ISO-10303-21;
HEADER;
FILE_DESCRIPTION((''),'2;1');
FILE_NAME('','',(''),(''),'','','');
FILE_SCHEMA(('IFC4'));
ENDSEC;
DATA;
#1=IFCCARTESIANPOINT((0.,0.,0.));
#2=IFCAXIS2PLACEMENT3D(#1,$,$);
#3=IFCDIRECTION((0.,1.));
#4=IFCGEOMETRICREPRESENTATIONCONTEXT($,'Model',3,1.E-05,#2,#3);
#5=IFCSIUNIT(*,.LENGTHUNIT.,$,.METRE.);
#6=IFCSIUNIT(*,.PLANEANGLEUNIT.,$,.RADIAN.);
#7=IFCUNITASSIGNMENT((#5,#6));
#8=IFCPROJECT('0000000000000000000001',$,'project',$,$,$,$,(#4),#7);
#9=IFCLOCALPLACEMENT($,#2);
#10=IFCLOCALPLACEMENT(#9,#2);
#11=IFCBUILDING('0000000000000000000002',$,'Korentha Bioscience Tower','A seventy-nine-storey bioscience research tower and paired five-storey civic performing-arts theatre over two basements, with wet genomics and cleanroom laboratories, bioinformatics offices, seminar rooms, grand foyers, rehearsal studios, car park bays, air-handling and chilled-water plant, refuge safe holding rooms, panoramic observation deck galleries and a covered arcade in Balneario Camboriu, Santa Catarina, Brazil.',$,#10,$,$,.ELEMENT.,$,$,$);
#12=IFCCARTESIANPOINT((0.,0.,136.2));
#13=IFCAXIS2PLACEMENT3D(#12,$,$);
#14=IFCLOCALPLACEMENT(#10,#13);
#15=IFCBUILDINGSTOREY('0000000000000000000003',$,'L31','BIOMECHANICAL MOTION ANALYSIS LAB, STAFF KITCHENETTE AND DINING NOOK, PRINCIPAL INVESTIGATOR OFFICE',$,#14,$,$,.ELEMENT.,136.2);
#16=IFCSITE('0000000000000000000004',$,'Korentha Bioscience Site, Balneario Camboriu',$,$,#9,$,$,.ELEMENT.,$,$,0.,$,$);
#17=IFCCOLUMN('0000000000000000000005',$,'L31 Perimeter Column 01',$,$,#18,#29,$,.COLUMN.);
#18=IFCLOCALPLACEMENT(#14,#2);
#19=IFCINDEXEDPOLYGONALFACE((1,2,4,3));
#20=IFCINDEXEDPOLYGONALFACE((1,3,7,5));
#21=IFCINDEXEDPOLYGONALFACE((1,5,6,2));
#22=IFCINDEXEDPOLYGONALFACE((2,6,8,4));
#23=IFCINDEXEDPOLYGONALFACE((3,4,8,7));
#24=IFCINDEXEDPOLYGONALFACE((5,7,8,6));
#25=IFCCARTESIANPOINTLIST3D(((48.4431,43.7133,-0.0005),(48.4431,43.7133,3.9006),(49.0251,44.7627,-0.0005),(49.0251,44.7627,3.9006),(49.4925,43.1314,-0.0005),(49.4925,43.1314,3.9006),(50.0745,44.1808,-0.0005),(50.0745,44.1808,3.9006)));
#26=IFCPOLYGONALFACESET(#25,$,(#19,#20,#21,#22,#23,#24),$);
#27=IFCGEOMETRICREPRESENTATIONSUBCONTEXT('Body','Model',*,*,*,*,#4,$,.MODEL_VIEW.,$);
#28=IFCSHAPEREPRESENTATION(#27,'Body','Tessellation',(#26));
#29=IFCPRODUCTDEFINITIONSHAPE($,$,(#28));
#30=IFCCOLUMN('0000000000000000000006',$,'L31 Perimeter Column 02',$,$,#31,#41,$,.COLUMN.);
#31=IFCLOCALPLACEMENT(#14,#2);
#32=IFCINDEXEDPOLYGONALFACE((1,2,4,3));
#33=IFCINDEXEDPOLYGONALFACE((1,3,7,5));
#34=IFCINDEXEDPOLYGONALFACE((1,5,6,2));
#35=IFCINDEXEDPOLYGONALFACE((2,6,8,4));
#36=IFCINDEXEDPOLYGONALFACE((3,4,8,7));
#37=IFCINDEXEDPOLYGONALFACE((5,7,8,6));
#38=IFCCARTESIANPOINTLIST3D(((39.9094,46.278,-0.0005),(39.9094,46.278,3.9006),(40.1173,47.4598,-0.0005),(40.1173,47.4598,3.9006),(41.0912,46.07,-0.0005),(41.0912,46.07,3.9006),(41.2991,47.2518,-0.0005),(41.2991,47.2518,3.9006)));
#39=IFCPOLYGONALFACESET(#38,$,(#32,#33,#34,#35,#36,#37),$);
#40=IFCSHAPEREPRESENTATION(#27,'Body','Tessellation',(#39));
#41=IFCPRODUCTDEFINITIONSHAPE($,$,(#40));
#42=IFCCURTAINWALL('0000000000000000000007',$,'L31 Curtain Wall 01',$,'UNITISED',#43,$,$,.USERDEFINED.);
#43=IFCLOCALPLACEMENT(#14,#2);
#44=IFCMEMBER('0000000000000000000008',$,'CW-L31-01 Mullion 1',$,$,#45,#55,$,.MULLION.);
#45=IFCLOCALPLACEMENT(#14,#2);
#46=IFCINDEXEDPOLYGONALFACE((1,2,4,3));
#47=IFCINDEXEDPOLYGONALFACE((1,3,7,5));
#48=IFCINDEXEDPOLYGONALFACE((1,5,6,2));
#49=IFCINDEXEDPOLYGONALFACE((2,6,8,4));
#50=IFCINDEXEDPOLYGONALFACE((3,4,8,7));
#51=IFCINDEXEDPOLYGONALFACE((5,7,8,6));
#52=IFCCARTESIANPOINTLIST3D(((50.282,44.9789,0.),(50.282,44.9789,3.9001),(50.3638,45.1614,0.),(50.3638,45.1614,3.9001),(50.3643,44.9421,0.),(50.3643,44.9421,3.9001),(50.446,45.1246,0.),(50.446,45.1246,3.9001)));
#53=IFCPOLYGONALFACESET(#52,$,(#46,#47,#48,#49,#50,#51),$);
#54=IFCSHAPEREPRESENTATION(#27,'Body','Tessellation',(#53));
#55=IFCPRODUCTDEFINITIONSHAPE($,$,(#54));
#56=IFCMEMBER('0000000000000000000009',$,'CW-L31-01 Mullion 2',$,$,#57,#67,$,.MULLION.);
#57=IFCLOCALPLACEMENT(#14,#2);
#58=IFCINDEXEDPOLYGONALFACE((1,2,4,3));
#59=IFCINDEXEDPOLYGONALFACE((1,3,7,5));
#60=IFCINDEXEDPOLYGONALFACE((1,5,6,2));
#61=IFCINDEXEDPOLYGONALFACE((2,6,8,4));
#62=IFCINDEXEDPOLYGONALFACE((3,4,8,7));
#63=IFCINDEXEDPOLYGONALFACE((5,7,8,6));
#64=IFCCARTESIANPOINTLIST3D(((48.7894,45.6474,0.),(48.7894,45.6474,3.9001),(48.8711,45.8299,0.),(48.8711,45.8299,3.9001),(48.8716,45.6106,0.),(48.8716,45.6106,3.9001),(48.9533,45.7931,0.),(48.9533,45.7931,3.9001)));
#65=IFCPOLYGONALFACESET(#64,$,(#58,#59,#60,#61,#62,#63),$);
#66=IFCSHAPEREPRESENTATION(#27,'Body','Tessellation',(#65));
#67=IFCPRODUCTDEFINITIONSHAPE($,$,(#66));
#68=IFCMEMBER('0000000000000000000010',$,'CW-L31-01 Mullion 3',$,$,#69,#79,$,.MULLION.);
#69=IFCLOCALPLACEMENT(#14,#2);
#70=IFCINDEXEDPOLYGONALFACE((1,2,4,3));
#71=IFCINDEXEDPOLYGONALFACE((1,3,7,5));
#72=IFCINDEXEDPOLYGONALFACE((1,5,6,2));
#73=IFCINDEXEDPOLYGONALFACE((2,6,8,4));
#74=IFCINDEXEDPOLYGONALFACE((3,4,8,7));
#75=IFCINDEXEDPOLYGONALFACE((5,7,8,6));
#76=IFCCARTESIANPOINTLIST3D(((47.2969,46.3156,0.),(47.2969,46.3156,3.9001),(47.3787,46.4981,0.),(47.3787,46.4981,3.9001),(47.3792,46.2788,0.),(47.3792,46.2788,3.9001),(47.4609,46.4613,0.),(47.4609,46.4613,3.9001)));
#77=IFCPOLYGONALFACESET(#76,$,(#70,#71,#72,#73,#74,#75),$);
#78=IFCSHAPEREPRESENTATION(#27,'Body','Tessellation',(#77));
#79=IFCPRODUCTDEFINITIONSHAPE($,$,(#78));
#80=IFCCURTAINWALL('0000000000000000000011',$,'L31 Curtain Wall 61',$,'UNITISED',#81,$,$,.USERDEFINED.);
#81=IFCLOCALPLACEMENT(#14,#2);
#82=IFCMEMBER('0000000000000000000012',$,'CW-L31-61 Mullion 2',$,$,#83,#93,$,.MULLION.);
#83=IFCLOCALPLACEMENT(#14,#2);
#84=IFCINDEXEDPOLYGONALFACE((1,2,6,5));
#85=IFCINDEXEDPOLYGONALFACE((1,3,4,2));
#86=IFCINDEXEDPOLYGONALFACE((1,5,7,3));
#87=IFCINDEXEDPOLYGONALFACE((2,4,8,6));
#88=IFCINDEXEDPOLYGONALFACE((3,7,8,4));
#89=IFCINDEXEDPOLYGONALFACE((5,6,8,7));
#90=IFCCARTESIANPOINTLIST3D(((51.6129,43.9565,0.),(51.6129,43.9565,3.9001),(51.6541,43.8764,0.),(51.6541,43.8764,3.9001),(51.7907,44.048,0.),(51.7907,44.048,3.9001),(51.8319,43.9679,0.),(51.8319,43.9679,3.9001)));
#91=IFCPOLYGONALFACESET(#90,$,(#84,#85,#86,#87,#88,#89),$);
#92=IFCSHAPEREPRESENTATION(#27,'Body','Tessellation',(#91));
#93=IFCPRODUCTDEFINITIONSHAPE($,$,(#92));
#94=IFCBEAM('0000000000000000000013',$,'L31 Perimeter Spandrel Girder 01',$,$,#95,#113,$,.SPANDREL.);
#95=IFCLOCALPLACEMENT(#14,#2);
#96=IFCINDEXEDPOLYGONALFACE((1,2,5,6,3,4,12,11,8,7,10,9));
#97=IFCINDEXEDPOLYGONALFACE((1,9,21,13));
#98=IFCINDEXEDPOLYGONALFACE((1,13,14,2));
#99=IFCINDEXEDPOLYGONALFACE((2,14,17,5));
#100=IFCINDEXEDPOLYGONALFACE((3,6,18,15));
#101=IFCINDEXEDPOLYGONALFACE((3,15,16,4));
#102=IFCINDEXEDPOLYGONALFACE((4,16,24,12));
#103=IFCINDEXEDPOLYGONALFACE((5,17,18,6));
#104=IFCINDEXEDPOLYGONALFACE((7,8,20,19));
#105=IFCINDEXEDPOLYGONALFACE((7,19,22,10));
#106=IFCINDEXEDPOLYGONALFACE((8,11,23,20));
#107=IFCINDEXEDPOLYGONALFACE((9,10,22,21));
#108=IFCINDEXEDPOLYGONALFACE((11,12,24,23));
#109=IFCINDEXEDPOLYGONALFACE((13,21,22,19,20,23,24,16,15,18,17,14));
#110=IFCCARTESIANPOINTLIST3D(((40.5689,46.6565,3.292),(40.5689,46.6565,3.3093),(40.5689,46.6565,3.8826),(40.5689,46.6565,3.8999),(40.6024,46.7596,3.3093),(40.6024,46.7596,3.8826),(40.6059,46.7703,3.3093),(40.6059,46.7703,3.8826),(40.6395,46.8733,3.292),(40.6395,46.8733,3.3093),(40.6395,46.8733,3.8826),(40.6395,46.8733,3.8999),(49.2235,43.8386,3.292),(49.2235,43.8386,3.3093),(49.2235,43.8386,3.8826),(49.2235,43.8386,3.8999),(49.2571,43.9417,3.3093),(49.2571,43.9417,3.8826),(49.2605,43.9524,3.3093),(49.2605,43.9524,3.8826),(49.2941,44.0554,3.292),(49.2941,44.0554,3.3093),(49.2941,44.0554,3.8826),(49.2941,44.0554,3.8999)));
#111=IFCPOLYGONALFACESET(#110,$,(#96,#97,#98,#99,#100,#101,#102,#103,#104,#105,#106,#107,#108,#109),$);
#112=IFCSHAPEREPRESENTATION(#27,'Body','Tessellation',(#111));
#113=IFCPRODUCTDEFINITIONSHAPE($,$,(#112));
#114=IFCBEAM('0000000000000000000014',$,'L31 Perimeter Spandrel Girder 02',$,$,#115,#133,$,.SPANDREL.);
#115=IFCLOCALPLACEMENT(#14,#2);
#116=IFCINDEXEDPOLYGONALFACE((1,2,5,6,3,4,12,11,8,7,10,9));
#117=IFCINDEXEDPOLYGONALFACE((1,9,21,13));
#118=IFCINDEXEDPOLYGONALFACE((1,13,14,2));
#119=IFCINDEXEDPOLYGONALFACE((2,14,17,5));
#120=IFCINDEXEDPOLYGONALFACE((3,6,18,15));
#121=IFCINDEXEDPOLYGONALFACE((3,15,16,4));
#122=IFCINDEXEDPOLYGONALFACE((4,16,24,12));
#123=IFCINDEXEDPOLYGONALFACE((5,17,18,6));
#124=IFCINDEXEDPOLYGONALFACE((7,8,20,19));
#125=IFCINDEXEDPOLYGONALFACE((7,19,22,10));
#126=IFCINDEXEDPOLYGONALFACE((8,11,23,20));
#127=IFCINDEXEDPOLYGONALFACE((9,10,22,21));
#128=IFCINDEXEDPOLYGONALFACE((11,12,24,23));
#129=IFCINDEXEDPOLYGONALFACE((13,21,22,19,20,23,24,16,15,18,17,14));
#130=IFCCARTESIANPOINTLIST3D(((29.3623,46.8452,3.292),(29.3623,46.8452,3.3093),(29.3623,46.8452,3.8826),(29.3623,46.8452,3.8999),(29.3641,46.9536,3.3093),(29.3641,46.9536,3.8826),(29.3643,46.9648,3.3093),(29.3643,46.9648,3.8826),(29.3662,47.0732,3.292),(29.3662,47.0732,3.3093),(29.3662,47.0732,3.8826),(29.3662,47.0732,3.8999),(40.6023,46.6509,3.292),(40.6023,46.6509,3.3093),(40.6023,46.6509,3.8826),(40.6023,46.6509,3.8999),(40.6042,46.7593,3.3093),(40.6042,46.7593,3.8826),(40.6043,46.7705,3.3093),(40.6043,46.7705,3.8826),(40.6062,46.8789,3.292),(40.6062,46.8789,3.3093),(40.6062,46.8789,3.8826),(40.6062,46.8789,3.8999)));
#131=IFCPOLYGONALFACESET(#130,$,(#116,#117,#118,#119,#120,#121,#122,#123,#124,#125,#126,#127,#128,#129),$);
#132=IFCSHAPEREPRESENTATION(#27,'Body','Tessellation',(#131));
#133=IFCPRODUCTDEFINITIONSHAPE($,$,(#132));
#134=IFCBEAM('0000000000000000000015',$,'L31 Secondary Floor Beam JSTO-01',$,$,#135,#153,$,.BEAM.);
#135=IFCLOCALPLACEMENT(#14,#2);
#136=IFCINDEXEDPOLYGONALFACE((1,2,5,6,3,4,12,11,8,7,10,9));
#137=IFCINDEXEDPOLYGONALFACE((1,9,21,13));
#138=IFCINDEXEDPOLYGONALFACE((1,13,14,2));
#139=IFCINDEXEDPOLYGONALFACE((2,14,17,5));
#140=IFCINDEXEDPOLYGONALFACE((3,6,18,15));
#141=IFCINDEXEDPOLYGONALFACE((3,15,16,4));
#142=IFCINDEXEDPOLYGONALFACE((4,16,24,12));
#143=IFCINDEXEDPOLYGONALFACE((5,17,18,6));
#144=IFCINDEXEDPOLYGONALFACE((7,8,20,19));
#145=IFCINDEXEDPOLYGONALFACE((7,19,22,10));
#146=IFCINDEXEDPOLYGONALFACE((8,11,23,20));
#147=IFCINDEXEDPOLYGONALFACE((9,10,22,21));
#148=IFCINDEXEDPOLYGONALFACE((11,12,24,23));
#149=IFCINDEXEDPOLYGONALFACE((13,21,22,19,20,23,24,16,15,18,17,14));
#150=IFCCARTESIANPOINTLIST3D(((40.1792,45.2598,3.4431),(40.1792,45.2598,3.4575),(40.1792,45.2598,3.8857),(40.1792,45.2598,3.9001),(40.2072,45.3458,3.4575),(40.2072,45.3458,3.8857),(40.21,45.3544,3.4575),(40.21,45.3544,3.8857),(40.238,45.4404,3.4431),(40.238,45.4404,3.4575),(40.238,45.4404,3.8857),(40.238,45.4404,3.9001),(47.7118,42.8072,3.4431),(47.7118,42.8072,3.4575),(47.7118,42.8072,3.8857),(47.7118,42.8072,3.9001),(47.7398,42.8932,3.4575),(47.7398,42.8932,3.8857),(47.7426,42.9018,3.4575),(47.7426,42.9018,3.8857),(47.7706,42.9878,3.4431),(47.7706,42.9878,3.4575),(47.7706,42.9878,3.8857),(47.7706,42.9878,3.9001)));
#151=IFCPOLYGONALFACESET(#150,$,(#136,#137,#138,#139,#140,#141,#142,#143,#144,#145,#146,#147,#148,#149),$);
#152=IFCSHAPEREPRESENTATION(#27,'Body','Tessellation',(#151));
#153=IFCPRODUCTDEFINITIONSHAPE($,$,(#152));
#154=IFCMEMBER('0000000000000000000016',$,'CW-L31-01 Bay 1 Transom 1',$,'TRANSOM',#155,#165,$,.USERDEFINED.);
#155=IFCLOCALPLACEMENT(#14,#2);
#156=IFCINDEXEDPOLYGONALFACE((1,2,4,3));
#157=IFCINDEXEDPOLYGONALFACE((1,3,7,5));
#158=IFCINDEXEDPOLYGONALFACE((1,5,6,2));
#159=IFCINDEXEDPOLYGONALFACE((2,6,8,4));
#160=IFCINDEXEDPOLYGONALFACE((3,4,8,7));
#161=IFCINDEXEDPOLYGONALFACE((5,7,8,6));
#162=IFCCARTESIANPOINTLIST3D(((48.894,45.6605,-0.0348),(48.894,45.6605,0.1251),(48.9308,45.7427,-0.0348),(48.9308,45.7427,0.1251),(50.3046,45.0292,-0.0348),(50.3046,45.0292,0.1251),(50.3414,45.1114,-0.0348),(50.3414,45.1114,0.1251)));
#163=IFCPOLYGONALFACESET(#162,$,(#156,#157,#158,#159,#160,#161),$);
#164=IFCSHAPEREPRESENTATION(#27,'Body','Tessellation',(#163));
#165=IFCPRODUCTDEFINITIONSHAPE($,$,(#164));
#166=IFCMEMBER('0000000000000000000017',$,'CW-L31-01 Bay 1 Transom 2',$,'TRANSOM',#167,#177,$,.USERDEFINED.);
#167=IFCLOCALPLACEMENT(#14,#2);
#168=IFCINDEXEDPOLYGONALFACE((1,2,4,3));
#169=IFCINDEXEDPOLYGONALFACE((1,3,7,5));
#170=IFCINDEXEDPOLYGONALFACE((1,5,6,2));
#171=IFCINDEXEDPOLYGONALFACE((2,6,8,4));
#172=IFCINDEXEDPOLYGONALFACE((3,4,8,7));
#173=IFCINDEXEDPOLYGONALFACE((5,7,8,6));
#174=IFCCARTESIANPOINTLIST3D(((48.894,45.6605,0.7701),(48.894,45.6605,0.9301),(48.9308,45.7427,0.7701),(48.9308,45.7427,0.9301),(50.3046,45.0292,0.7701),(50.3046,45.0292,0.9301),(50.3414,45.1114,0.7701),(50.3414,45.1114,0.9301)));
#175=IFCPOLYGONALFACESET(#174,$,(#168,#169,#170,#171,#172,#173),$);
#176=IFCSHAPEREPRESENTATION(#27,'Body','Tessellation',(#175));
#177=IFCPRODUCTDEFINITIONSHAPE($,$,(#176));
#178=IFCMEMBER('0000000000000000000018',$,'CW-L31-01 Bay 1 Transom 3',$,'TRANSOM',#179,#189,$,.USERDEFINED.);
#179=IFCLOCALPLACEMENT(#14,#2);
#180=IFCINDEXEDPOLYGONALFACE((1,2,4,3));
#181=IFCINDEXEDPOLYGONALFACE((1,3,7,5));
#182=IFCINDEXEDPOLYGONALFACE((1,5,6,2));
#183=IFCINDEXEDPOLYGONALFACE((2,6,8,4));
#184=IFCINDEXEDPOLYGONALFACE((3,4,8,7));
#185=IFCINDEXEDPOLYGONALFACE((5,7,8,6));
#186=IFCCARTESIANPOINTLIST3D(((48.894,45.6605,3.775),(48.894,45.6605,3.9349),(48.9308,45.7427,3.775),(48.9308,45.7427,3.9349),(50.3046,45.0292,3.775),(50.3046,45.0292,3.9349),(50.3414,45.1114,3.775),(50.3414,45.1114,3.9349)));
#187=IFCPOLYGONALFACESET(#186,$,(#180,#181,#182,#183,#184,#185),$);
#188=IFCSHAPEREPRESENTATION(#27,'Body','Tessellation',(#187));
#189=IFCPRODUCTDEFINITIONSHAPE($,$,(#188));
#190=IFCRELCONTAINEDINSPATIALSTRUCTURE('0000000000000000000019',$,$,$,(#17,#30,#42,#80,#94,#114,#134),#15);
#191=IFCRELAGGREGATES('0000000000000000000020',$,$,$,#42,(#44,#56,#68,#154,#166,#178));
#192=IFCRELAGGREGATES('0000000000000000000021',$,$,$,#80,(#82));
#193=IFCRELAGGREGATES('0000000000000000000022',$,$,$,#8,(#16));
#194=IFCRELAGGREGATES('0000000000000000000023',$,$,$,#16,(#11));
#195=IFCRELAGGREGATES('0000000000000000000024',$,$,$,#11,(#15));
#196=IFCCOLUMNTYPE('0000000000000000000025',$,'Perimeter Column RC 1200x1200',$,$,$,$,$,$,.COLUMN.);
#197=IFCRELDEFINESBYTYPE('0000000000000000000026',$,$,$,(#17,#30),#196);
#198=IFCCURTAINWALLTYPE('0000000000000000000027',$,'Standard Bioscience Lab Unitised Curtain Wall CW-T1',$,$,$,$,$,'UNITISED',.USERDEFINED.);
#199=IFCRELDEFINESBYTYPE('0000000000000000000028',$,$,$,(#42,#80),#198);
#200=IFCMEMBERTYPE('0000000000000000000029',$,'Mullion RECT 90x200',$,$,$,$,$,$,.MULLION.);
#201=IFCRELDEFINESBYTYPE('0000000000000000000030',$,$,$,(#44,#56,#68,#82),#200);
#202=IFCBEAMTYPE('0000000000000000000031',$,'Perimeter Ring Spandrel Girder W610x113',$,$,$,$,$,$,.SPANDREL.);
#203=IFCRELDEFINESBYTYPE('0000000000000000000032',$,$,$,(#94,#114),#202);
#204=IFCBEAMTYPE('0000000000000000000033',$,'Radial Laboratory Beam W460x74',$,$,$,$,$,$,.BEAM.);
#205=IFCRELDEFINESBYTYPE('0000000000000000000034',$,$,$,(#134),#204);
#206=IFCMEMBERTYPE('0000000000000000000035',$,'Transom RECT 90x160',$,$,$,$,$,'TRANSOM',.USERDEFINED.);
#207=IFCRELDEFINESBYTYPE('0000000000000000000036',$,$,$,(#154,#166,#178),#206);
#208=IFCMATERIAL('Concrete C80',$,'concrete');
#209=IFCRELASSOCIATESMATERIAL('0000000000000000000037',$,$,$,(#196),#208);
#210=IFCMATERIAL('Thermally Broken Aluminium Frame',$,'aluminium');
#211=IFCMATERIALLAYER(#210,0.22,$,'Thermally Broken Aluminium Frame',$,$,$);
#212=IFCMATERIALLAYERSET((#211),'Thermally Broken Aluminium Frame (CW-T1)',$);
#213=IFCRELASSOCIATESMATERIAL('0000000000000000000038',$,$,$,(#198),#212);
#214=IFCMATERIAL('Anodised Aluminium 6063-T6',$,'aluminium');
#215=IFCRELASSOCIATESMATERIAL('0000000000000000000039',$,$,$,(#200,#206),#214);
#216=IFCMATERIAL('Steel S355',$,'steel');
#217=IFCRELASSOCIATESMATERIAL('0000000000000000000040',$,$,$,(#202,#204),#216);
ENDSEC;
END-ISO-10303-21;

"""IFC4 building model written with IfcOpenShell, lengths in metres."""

from ifc_helpers import new_model, si_unit, direction, frame, origin, origin_2d, place, context, subcontext, project, spatial, rectangle, i_section, extrude, material, layer, layer_set, material_profile, profile_set, type_object, element, aggregate, save


model = new_model("IFC4")

# Units and contexts
model_context = context("Model", 3, precision=1e-05, world=origin(), true_north=direction((0.0, 1.0)))
body_context = subcontext(model_context, "Body", "Model", "MODEL_VIEW")
ifc_project = project(units=[si_unit("LENGTHUNIT", "METRE"), si_unit("PLANEANGLEUNIT", "RADIAN")], contexts=[model_context])

# Site, building, storey
site_placement = place(None, origin())
site = spatial("IfcSite", under=ifc_project, at=site_placement, Name="Korentha Bioscience Site, Balneario Camboriu", CompositionType="ELEMENT", RefElevation=0.0)
building_placement = place(site_placement, origin())
building = spatial("IfcBuilding", under=site, at=building_placement, Name="Korentha Bioscience Tower", Description="A seventy-nine-storey bioscience research tower and paired five-storey civic performing-arts theatre over two basements, with wet genomics and cleanroom laboratories, bioinformatics offices, seminar rooms, grand foyers, rehearsal studios, car park bays, air-handling and chilled-water plant, refuge safe holding rooms, panoramic observation deck galleries and a covered arcade in Balneario Camboriu, Santa Catarina, Brazil.", CompositionType="ELEMENT")
storey_placement = place(building_placement, frame((0.0, 0.0, 136.2)))
storey = spatial("IfcBuildingStorey", under=building, at=storey_placement, Name="L31", Description="BIOMECHANICAL MOTION ANALYSIS LAB, STAFF KITCHENETTE AND DINING NOOK, PRINCIPAL INVESTIGATOR OFFICE", CompositionType="ELEMENT", Elevation=136.2)

# Columns
ifc_material_1 = material(Name="Concrete C80", Category="concrete")
ifc_material_profile_1 = material_profile(ifc_material_1, rectangle(XDim=1.2, YDim=1.2, at=origin_2d()), Name="Concrete C80")
ifc_profile_set_1 = profile_set([ifc_material_profile_1], Name="Concrete C80 (COL-P12)")
column_type = type_object("IfcColumnType", Name="Perimeter Column RC 1200x1200", PredefinedType="COLUMN", material=ifc_profile_set_1)
for number, where, z_axis, x_axis, name in (
    (1, (49.2588, 43.947, -0.0005), (0.0, 0.0, 1.0), (-0.874535, 0.484962, 0.0), "L31 Perimeter Column 01"),
    (2, (40.6042, 46.7649, -0.0005), (0.0, 0.0, 1.0), (-0.984868, 0.173304, 0.0), "L31 Perimeter Column 02"),
):
    element("IfcColumn", number, at=place(storey_placement, frame(where, z_axis=z_axis, x_axis=x_axis)), inside=storey, type_object=column_type, Name=name, PredefinedType="COLUMN", context=body_context, shape_type="SweptSolid", body=[
        extrude(rectangle(XDim=1.2, YDim=1.2, at=origin_2d()), origin(), (0.0, 0.0, 1.0), 3.9011),
    ])

# Curtain wall, members
ifc_material_2 = material(Name="Thermally Broken Aluminium Frame", Category="aluminium")
ifc_layer_1 = layer(ifc_material_2, 0.22, Name="Thermally Broken Aluminium Frame")
ifc_layer_set_1 = layer_set([ifc_layer_1], Name="Thermally Broken Aluminium Frame (CW-T1)")
curtain_wall_type = type_object("IfcCurtainWallType", Name="Standard Bioscience Lab Unitised Curtain Wall CW-T1", ElementType="UNITISED", PredefinedType="USERDEFINED", material=ifc_layer_set_1)
curtain_wall_1_placement = place(storey_placement, origin())
curtain_wall_1 = element("IfcCurtainWall", 3, at=curtain_wall_1_placement, inside=storey, type_object=curtain_wall_type, Name="L31 Curtain Wall 01", ObjectType="UNITISED", PredefinedType="USERDEFINED")
ifc_material_3 = material(Name="Anodised Aluminium 6063-T6", Category="aluminium")
ifc_material_profile_2 = material_profile(ifc_material_3, rectangle(XDim=0.0901, YDim=0.2, at=origin_2d()), Name="Anodised Aluminium 6063-T6")
ifc_profile_set_2 = profile_set([ifc_material_profile_2], Name="Anodised Aluminium 6063-T6 (CW-MUL)")
member_type_1 = type_object("IfcMemberType", Name="Mullion RECT 90x200", PredefinedType="MULLION", material=ifc_profile_set_2)
member_1_placement = place(storey_placement, frame((50.364, 45.0518, 0.0), z_axis=(0.0, 0.0, 1.0), x_axis=(-0.912687, 0.40866, 0.0)))
member_1 = element("IfcMember", 4, at=member_1_placement, type_object=member_type_1, Name="CW-L31-01 Mullion 1", PredefinedType="MULLION", context=body_context, shape_type="SweptSolid", body=[
    extrude(rectangle(XDim=0.0901, YDim=0.2, at=origin_2d()), origin(), (0.0, 0.0, 1.0), 3.9001),
])
member_2_placement = place(storey_placement, frame((48.8713, 45.7202, 0.0), z_axis=(0.0, 0.0, 1.0), x_axis=(-0.912687, 0.40866, 0.0)))
member_2 = element("IfcMember", 5, at=member_2_placement, type_object=member_type_1, Name="CW-L31-01 Mullion 2", PredefinedType="MULLION", context=body_context, shape_type="SweptSolid", body=[
    extrude(rectangle(XDim=0.0901, YDim=0.2, at=origin_2d()), origin(), (0.0, 0.0, 1.0), 3.9001),
])
member_3_placement = place(storey_placement, frame((47.3789, 46.3884, 0.0), z_axis=(0.0, 0.0, 1.0), x_axis=(-0.912687, 0.40866, 0.0)))
member_3 = element("IfcMember", 6, at=member_3_placement, type_object=member_type_1, Name="CW-L31-01 Mullion 3", PredefinedType="MULLION", context=body_context, shape_type="SweptSolid", body=[
    extrude(rectangle(XDim=0.0901, YDim=0.2, at=origin_2d()), origin(), (0.0, 0.0, 1.0), 3.9001),
])

# Curtain wall, member
curtain_wall_2_placement = place(storey_placement, origin())
curtain_wall_2 = element("IfcCurtainWall", 7, at=curtain_wall_2_placement, inside=storey, type_object=curtain_wall_type, Name="L31 Curtain Wall 61", ObjectType="UNITISED", PredefinedType="USERDEFINED")
member_4_placement = place(storey_placement, frame((51.7224, 43.9622, 0.0), z_axis=(0.0, 0.0, 1.0), x_axis=(-0.457613, 0.889151, 0.0)))
member_4 = element("IfcMember", 8, at=member_4_placement, type_object=member_type_1, Name="CW-L31-61 Mullion 2", PredefinedType="MULLION", context=body_context, shape_type="SweptSolid", body=[
    extrude(rectangle(XDim=0.0901, YDim=0.2, at=origin_2d()), origin(), (0.0, 0.0, 1.0), 3.9001),
])

# Beams
ifc_material_4 = material(Name="Steel S355", Category="steel")
ifc_material_profile_3 = material_profile(ifc_material_4, i_section(OverallWidth=0.228, OverallDepth=0.6079, WebThickness=0.0112, FlangeThickness=0.0173, at=origin_2d()), Name="Steel S355")
ifc_profile_set_3 = profile_set([ifc_material_profile_3], Name="Steel S355 (SB-610)")
beam_type_1 = type_object("IfcBeamType", Name="Perimeter Ring Spandrel Girder W610x113", PredefinedType="SPANDREL", material=ifc_profile_set_3)
beam_1_placement = place(storey_placement, frame((49.2588, 43.947, 3.5959), z_axis=(-0.950868, 0.309597, 0.0), x_axis=(-0.309597, -0.950868, 0.0)))
element("IfcBeam", 9, at=beam_1_placement, inside=storey, type_object=beam_type_1, Name="L31 Perimeter Spandrel Girder 01", PredefinedType="SPANDREL", context=body_context, shape_type="SweptSolid", body=[
    extrude(i_section(OverallWidth=0.228, OverallDepth=0.6079, WebThickness=0.0112, FlangeThickness=0.0173, at=origin_2d()), origin(), (0.0, 0.0, 1.0), 9.1018),
])
beam_2_placement = place(storey_placement, frame((40.6042, 46.7649, 3.5959), z_axis=(-0.999851, 0.017287, 0.0), x_axis=(-0.017287, -0.999851, 0.0)))
element("IfcBeam", 10, at=beam_2_placement, inside=storey, type_object=beam_type_1, Name="L31 Perimeter Spandrel Girder 02", PredefinedType="SPANDREL", context=body_context, shape_type="SweptSolid", body=[
    extrude(i_section(OverallWidth=0.228, OverallDepth=0.6079, WebThickness=0.0112, FlangeThickness=0.0173, at=origin_2d()), origin(), (0.0, 0.0, 1.0), 11.2417),
])
ifc_material_profile_4 = material_profile(ifc_material_4, i_section(OverallWidth=0.1899, OverallDepth=0.457, WebThickness=0.009, FlangeThickness=0.0144, at=origin_2d()), Name="Steel S355")
ifc_profile_set_4 = profile_set([ifc_material_profile_4], Name="Steel S355 (RB-460)")
beam_type_2 = type_object("IfcBeamType", Name="Radial Laboratory Beam W460x74", PredefinedType="BEAM", material=ifc_profile_set_4)
beam_3_placement = place(storey_placement, frame((47.7412, 42.8975, 3.6716), z_axis=(-0.950867, 0.3096, 0.0), x_axis=(-0.3096, -0.950867, 0.0)))
element("IfcBeam", 11, at=beam_3_placement, inside=storey, type_object=beam_type_2, Name="L31 Secondary Floor Beam JSTO-01", PredefinedType="BEAM", context=body_context, shape_type="SweptSolid", body=[
    extrude(i_section(OverallWidth=0.1899, OverallDepth=0.457, WebThickness=0.009, FlangeThickness=0.0144, at=origin_2d()), origin(), (0.0, 0.0, 1.0), 7.9219),
])

# Members
ifc_material_profile_5 = material_profile(ifc_material_3, rectangle(XDim=0.0901, YDim=0.1599, at=origin_2d()), Name="Anodised Aluminium 6063-T6")
ifc_profile_set_5 = profile_set([ifc_material_profile_5], Name="Anodised Aluminium 6063-T6 (CW-TRN)")
member_type_2 = type_object("IfcMemberType", Name="Transom RECT 90x160", ElementType="TRANSOM", PredefinedType="USERDEFINED", material=ifc_profile_set_5)
member_5_placement = place(storey_placement, frame((50.323, 45.0703, 0.0452), z_axis=(-0.912753, 0.408512, 0.0), x_axis=(-0.408512, -0.912753, 0.0)))
member_5 = element("IfcMember", 12, at=member_5_placement, type_object=member_type_2, Name="CW-L31-01 Bay 1 Transom 1", ObjectType="TRANSOM", PredefinedType="USERDEFINED", context=body_context, shape_type="SweptSolid", body=[
    extrude(rectangle(XDim=0.0901, YDim=0.1599, at=origin_2d()), origin(), (0.0, 0.0, 1.0), 1.5454),
])
member_6_placement = place(storey_placement, frame((50.323, 45.0703, 0.8501), z_axis=(-0.912753, 0.408512, 0.0), x_axis=(-0.408512, -0.912753, 0.0)))
member_6 = element("IfcMember", 13, at=member_6_placement, type_object=member_type_2, Name="CW-L31-01 Bay 1 Transom 2", ObjectType="TRANSOM", PredefinedType="USERDEFINED", context=body_context, shape_type="SweptSolid", body=[
    extrude(rectangle(XDim=0.0901, YDim=0.1599, at=origin_2d()), origin(), (0.0, 0.0, 1.0), 1.5454),
])
member_7_placement = place(storey_placement, frame((50.323, 45.0703, 3.855), z_axis=(-0.912753, 0.408512, 0.0), x_axis=(-0.408512, -0.912753, 0.0)))
member_7 = element("IfcMember", 14, at=member_7_placement, type_object=member_type_2, Name="CW-L31-01 Bay 1 Transom 3", ObjectType="TRANSOM", PredefinedType="USERDEFINED", context=body_context, shape_type="SweptSolid", body=[
    extrude(rectangle(XDim=0.0901, YDim=0.1599, at=origin_2d()), origin(), (0.0, 0.0, 1.0), 1.5454),
])

aggregate(curtain_wall_1, [member_1, member_2, member_3, member_5, member_6, member_7])
aggregate(curtain_wall_2, [member_4])

save(model, "model.ifc")
